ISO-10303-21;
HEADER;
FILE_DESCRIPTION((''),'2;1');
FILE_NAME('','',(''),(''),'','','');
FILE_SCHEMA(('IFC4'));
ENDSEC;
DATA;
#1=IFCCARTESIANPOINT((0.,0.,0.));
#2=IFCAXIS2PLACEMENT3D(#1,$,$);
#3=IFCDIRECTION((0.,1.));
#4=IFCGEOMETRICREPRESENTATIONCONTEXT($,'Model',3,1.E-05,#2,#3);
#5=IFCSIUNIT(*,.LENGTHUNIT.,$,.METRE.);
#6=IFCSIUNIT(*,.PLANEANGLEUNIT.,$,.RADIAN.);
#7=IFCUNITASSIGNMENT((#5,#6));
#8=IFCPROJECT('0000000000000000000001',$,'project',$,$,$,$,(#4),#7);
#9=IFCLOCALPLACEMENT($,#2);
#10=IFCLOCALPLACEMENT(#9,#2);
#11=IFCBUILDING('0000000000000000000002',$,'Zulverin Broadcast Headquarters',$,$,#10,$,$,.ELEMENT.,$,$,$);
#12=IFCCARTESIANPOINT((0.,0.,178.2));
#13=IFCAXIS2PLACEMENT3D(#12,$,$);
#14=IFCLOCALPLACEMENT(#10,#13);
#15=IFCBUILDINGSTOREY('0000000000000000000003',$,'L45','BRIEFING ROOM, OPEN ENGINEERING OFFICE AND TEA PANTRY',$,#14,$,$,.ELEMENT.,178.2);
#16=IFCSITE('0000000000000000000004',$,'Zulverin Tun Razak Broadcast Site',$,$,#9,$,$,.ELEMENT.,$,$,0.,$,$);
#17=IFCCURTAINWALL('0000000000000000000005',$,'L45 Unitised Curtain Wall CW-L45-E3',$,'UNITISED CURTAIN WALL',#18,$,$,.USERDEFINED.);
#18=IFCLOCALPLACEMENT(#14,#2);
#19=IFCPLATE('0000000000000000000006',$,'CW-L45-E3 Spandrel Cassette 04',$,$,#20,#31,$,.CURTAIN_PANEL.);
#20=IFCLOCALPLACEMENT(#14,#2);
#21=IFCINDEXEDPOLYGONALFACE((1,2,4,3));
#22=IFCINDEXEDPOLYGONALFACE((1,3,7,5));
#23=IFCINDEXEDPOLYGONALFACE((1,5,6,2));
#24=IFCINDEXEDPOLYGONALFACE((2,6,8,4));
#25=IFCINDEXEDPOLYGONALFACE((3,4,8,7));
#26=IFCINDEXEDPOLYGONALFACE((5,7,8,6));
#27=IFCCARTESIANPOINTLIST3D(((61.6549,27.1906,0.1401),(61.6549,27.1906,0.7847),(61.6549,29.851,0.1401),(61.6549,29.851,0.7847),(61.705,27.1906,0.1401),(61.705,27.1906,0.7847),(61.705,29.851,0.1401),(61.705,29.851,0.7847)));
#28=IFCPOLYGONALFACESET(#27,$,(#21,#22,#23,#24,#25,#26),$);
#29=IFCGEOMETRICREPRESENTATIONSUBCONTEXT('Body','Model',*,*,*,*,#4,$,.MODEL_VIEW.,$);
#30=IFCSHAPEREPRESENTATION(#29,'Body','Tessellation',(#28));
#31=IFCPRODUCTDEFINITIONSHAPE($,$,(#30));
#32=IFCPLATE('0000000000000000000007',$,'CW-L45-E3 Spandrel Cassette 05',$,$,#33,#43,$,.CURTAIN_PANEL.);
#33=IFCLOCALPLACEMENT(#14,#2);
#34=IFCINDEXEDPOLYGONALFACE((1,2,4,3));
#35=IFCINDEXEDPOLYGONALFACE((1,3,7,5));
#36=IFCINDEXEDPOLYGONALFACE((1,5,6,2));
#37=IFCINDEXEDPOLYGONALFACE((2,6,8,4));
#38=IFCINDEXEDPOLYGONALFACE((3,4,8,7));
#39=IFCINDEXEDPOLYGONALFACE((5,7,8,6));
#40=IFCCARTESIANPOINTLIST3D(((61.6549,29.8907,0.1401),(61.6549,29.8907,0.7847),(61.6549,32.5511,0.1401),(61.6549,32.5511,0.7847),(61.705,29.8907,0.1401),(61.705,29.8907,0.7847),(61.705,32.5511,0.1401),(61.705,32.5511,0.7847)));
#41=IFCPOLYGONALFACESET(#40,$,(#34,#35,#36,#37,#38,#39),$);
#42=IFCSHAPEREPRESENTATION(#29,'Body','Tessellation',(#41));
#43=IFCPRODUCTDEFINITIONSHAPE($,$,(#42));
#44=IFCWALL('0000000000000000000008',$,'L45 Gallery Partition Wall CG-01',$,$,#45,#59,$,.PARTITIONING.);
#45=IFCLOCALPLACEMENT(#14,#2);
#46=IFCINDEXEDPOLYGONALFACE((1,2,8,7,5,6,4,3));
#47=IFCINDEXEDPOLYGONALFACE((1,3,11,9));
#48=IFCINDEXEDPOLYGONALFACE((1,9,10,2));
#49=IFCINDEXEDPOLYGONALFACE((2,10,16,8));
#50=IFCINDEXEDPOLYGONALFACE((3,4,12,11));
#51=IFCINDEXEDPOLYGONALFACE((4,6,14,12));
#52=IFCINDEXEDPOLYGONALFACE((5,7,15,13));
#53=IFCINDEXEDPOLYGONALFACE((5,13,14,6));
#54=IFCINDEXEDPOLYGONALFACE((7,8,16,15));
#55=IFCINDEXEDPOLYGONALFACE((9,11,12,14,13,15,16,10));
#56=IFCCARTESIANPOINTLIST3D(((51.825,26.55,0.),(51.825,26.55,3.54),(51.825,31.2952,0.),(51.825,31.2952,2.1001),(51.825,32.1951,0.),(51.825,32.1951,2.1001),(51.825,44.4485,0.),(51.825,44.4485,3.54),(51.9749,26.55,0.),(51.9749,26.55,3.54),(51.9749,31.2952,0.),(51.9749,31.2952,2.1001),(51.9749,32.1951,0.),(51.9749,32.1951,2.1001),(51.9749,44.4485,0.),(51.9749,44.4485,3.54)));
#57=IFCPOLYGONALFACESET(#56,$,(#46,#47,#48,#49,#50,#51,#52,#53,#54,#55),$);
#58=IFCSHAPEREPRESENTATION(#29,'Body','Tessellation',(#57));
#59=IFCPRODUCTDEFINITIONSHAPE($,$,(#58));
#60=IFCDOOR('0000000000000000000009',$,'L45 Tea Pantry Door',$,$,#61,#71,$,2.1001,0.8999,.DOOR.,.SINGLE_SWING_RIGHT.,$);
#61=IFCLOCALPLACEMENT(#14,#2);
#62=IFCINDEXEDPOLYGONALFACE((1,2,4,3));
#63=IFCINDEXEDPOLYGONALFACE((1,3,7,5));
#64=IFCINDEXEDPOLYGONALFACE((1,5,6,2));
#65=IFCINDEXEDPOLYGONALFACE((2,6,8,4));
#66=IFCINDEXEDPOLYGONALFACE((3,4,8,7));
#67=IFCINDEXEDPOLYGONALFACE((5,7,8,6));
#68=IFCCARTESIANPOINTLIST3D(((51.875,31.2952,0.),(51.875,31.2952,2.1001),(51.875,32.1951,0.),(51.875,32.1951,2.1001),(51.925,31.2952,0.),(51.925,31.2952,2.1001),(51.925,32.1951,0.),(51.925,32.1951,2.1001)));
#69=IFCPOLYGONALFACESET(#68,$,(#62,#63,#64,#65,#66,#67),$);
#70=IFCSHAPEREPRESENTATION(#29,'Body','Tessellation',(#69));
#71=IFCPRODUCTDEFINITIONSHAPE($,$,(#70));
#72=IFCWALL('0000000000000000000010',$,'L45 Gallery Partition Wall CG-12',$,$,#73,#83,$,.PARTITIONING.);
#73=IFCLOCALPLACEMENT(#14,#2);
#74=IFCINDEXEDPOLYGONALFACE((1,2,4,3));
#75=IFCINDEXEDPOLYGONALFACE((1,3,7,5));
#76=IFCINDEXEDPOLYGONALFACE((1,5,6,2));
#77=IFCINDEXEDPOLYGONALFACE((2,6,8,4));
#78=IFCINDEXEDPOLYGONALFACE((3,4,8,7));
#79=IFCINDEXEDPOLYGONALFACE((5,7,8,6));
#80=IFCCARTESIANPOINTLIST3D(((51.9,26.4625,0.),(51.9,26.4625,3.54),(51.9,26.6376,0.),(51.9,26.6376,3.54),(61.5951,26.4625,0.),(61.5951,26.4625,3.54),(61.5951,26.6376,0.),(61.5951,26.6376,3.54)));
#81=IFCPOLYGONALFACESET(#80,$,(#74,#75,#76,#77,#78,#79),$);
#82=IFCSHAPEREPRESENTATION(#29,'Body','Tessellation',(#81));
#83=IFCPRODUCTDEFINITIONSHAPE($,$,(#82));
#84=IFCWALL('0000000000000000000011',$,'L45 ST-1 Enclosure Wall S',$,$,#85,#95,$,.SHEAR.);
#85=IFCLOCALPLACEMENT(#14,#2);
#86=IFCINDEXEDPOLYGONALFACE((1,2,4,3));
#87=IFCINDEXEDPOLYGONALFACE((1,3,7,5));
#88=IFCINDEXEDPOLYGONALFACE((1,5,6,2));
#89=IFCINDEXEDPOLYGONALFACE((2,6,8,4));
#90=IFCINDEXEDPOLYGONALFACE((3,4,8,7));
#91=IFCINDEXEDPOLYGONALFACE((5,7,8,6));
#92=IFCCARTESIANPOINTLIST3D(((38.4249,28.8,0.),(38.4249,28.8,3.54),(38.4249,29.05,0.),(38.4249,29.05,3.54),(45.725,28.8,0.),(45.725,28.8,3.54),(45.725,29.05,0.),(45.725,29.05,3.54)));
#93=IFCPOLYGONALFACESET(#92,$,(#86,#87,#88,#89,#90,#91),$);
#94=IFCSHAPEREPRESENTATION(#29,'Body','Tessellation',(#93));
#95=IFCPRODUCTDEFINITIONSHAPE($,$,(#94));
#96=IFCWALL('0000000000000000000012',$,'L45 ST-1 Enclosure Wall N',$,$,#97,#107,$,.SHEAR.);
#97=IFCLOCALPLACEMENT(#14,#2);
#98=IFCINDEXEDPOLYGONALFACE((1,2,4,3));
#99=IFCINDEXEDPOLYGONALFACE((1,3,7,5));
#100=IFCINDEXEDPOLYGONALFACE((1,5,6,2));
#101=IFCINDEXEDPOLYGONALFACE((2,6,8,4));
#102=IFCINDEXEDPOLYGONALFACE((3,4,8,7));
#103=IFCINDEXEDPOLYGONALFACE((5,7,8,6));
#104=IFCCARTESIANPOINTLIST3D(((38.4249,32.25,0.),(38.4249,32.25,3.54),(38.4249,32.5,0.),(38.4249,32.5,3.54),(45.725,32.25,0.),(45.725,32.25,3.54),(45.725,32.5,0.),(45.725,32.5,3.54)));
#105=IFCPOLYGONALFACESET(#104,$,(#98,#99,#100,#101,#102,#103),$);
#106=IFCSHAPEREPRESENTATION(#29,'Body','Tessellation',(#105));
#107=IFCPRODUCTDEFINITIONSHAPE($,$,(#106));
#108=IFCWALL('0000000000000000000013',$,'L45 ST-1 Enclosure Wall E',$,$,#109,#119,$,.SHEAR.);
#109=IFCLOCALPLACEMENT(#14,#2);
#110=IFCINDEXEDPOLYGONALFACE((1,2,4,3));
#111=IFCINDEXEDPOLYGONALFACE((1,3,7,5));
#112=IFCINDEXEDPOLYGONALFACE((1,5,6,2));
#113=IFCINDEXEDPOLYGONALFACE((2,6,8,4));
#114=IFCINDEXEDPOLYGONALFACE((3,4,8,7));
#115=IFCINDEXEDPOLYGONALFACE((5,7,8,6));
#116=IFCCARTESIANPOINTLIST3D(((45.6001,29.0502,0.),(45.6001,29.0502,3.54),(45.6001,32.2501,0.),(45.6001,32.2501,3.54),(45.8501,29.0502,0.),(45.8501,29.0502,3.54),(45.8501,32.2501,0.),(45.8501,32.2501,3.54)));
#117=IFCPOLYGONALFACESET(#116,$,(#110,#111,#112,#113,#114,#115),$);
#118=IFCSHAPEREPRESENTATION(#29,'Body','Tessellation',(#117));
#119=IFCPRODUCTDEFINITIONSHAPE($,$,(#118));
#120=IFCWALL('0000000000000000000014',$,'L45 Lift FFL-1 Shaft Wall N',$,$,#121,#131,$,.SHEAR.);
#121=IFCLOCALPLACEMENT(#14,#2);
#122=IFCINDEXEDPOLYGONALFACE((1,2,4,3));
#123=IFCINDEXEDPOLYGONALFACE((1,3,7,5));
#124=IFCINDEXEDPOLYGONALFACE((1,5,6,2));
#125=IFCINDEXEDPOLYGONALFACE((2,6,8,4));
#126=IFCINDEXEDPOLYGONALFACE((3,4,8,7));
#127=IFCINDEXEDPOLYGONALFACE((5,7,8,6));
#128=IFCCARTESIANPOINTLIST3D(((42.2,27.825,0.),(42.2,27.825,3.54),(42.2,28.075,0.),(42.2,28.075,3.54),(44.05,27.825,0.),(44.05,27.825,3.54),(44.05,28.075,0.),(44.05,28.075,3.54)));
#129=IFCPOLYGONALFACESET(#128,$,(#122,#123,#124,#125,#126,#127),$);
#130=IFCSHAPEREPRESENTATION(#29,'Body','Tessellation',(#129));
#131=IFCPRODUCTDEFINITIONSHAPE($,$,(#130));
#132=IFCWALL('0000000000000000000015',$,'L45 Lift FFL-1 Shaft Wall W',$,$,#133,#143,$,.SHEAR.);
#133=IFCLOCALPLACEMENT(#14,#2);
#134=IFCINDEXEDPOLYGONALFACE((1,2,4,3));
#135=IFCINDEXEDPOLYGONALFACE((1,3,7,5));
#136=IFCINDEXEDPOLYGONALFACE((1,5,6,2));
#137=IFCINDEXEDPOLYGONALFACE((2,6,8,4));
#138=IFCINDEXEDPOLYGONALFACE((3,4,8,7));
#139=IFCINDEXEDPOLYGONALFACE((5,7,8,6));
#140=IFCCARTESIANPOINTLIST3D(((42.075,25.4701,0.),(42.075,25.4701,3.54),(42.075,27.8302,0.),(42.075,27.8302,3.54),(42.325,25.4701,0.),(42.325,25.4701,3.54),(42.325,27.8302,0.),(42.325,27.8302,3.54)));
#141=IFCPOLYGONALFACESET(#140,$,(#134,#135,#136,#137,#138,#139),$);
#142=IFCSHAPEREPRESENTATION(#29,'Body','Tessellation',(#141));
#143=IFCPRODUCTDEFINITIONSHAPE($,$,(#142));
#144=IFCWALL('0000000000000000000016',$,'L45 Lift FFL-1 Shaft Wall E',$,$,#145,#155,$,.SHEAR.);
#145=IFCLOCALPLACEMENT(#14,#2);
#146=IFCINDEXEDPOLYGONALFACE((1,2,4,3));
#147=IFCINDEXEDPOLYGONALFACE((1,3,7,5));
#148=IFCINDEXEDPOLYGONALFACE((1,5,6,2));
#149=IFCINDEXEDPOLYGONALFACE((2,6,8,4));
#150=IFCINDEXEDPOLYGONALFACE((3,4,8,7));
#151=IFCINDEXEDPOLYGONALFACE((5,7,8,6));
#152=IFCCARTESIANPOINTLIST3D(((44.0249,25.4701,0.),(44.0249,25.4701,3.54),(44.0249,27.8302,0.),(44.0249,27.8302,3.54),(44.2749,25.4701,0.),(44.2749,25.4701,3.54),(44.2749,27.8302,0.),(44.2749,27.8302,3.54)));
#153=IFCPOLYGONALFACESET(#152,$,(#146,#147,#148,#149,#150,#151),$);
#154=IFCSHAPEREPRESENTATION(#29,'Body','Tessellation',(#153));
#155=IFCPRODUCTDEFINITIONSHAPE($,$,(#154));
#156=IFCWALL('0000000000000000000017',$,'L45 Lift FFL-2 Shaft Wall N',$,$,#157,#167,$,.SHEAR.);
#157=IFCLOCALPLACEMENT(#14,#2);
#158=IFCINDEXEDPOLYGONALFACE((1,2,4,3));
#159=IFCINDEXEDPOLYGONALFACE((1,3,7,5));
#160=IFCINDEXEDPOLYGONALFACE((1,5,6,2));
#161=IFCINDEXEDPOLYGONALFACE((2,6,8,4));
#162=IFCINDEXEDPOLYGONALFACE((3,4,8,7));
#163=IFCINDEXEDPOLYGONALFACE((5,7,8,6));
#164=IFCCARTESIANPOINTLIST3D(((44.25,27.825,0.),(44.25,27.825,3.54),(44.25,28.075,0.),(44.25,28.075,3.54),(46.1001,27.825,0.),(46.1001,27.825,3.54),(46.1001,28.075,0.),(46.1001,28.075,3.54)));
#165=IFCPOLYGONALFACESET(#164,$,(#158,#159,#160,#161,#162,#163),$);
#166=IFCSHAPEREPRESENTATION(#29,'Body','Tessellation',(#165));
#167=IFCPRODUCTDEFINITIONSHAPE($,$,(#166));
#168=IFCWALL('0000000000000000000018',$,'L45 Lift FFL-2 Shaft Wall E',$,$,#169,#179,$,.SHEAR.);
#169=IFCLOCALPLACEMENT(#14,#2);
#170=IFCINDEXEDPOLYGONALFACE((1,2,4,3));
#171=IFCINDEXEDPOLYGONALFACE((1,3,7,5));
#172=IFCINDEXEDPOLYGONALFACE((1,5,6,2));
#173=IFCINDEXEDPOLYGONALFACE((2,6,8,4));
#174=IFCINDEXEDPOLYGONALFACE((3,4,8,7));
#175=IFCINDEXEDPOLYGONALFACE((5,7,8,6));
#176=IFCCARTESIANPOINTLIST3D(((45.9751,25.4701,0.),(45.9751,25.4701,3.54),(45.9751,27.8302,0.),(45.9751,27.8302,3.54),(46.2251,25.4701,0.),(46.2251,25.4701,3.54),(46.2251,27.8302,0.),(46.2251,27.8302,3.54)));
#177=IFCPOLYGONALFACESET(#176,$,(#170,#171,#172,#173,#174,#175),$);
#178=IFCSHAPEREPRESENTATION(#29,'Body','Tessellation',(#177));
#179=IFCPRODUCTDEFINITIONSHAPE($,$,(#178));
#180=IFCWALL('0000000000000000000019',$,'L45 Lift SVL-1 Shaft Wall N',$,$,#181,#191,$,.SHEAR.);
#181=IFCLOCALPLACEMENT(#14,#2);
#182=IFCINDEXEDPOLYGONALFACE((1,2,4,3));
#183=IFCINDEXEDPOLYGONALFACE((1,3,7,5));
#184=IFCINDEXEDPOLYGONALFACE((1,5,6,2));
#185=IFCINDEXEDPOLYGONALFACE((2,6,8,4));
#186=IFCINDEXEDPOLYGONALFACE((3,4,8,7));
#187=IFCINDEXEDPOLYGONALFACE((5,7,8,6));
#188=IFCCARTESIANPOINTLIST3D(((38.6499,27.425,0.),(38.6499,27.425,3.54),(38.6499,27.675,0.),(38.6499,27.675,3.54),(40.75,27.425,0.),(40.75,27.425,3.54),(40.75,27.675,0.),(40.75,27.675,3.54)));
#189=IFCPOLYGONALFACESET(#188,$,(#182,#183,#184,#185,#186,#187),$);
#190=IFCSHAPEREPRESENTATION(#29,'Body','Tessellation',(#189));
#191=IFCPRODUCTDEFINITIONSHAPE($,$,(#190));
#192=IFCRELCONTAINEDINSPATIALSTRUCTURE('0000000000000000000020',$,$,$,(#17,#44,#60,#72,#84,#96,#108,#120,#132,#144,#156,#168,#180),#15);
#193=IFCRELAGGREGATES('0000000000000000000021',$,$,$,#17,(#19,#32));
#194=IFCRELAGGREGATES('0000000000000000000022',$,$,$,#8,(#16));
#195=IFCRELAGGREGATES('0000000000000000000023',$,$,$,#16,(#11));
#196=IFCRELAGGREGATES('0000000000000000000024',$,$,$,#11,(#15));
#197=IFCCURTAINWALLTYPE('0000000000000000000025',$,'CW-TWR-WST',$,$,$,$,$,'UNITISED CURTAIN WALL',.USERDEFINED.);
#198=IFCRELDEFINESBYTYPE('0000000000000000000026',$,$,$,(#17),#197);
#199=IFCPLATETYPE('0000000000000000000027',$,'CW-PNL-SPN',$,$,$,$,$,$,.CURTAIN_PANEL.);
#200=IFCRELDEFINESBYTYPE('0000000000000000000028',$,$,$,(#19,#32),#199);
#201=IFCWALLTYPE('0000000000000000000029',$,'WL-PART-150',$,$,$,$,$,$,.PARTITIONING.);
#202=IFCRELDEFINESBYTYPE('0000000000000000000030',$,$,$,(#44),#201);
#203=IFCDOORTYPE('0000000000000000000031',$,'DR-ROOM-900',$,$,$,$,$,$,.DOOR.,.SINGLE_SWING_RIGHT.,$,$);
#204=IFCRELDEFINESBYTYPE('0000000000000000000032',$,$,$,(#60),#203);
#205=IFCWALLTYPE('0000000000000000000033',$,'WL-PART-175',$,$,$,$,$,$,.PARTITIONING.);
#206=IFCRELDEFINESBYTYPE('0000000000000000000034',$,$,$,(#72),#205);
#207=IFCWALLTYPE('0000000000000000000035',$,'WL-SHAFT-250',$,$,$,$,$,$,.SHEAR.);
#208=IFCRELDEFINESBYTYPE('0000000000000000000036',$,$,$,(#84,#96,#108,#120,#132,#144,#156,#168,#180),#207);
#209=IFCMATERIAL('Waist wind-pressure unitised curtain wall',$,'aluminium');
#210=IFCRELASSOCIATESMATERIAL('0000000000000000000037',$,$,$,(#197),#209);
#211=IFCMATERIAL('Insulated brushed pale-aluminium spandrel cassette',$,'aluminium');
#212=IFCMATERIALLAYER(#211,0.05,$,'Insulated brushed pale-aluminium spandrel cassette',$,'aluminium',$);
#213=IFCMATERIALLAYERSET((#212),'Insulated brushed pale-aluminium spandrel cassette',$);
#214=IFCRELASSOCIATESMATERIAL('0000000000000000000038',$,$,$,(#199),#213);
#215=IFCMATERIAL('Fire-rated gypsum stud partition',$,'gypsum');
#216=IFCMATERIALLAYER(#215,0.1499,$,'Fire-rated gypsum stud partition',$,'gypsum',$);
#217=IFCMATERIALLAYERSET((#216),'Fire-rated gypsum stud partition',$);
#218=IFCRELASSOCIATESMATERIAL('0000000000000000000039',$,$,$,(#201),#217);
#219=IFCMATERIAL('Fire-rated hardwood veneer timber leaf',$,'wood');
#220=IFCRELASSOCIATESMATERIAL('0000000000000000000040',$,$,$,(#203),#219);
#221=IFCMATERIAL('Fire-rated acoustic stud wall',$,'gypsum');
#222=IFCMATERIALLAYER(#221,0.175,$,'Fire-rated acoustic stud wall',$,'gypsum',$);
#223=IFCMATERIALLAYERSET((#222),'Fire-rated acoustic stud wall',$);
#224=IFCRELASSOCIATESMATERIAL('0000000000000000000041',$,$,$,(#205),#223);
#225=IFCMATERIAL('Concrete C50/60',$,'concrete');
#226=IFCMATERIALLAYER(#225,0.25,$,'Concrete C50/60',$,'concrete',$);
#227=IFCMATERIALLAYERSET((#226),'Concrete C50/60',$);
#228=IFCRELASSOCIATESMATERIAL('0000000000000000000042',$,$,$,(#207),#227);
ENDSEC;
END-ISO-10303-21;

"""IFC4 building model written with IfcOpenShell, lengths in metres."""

from ifc_helpers import new_model, si_unit, direction, frame, frame_2d, origin, origin_2d, place, context, subcontext, project, spatial, rectangle, extrude, material, layer, layer_set, type_object, element, fill, aggregate, save


model = new_model("IFC4")

# Units and contexts
model_context = context("Model", 3, precision=1e-05, world=origin(), true_north=direction((0.0, 1.0)))
body_context = subcontext(model_context, "Body", "Model", "MODEL_VIEW")
ifc_project = project(units=[si_unit("LENGTHUNIT", "METRE"), si_unit("PLANEANGLEUNIT", "RADIAN")], contexts=[model_context])

# Site, building, storey
site_placement = place(None, origin())
site = spatial("IfcSite", under=ifc_project, at=site_placement, Name="Zulverin Tun Razak Broadcast Site", CompositionType="ELEMENT", RefElevation=0.0)
building_placement = place(site_placement, origin())
building = spatial("IfcBuilding", under=site, at=building_placement, Name="Zulverin Broadcast Headquarters", CompositionType="ELEMENT")
storey_placement = place(building_placement, frame((0.0, 0.0, 178.2)))
storey = spatial("IfcBuildingStorey", under=building, at=storey_placement, Name="L45", Description="BRIEFING ROOM, OPEN ENGINEERING OFFICE AND TEA PANTRY", CompositionType="ELEMENT", Elevation=178.2)

# Shared definitions
ifc_material_1 = material(Name="Concrete C50/60", Category="concrete")

# Curtain wall, plates
ifc_material_2 = material(Name="Waist wind-pressure unitised curtain wall", Category="aluminium")
curtain_wall_type = type_object("IfcCurtainWallType", Name="CW-TWR-WST", ElementType="UNITISED CURTAIN WALL", PredefinedType="USERDEFINED", material=ifc_material_2)
curtain_wall_placement = place(storey_placement, origin())
curtain_wall = element("IfcCurtainWall", 1, at=curtain_wall_placement, inside=storey, type_object=curtain_wall_type, Name="L45 Unitised Curtain Wall CW-L45-E3", ObjectType="UNITISED CURTAIN WALL", PredefinedType="USERDEFINED")
ifc_material_3 = material(Name="Insulated brushed pale-aluminium spandrel cassette", Category="aluminium")
ifc_layer_1 = layer(ifc_material_3, 0.05, Name="Insulated brushed pale-aluminium spandrel cassette", Category="aluminium")
ifc_layer_set_1 = layer_set([ifc_layer_1], Name="Insulated brushed pale-aluminium spandrel cassette")
plate_type_1 = type_object("IfcPlateType", Name="CW-PNL-SPN", PredefinedType="CURTAIN_PANEL", material=ifc_layer_set_1)
plate_1_placement = place(storey_placement, frame((61.6799, 28.5208, 0.1401), z_axis=(0.0, 0.0, 1.0), x_axis=(0.0, 1.0, 0.0)))
plate_1 = element("IfcPlate", 2, at=plate_1_placement, type_object=plate_type_1, Name="CW-L45-E3 Spandrel Cassette 04", PredefinedType="CURTAIN_PANEL", context=body_context, shape_type="SweptSolid", body=[
    extrude(rectangle(XDim=2.6604, YDim=0.05, at=origin_2d()), origin(), (0.0, 0.0, 1.0), 0.6445),
])
plate_2_placement = place(storey_placement, frame((61.6799, 31.2209, 0.1401), z_axis=(0.0, 0.0, 1.0), x_axis=(0.0, 1.0, 0.0)))
plate_2 = element("IfcPlate", 3, at=plate_2_placement, type_object=plate_type_1, Name="CW-L45-E3 Spandrel Cassette 05", PredefinedType="CURTAIN_PANEL", context=body_context, shape_type="SweptSolid", body=[
    extrude(rectangle(XDim=2.6604, YDim=0.05, at=origin_2d()), origin(), (0.0, 0.0, 1.0), 0.6445),
])
aggregate(curtain_wall, [plate_1, plate_2])

# Wall, opening, door
ifc_material_4 = material(Name="Fire-rated gypsum stud partition", Category="gypsum")
ifc_layer_2 = layer(ifc_material_4, 0.1499, Name="Fire-rated gypsum stud partition", Category="gypsum")
ifc_layer_set_2 = layer_set([ifc_layer_2], Name="Fire-rated gypsum stud partition")
wall_type_1 = type_object("IfcWallType", Name="WL-PART-150", PredefinedType="PARTITIONING", material=ifc_layer_set_2)
wall_1_placement = place(storey_placement, frame((51.8999, 26.55, 0.0), z_axis=(0.0, 0.0, 1.0), x_axis=(0.0, 1.0, 0.0)))
wall_1 = element("IfcWall", 4, at=wall_1_placement, inside=storey, type_object=wall_type_1, Name="L45 Gallery Partition Wall CG-01", PredefinedType="PARTITIONING", context=body_context, shape_type="SweptSolid", body=[
    extrude(rectangle(XDim=17.8984, YDim=0.1499, at=frame_2d((8.9492, 0.0))), origin(), (0.0, 0.0, 1.0), 3.54),
])
opening_1_placement = place(wall_1_placement, frame((4.7451, 0.0, 0.0)))
opening_1 = element("IfcOpeningElement", 5, at=opening_1_placement, cuts=wall_1, PredefinedType="OPENING", context=body_context, shape_type="SweptSolid", body=[
    extrude(rectangle(XDim=0.8999, YDim=2.1001, at=frame_2d((0.45, 1.05))), frame((0.0, 0.085, 0.0), z_axis=(0.0, -1.0, 0.0), x_axis=(1.0, 0.0, 0.0)), (0.0, 0.0, 1.0), 0.1699),
])
ifc_material_5 = material(Name="Fire-rated hardwood veneer timber leaf", Category="wood")
door_type_1 = type_object("IfcDoorType", Name="DR-ROOM-900", OperationType="SINGLE_SWING_RIGHT", PredefinedType="DOOR", material=ifc_material_5)
door_1_placement = place(opening_1_placement, origin())
door_1 = element("IfcDoor", 6, at=door_1_placement, inside=storey, type_object=door_type_1, Name="L45 Tea Pantry Door", OperationType="SINGLE_SWING_RIGHT", OverallHeight=2.1001, OverallWidth=0.8999, PredefinedType="DOOR", context=body_context, shape_type="SweptSolid", body=[
    extrude(rectangle(XDim=0.8999, YDim=2.1001, at=frame_2d((0.45, 1.05))), frame((0.0, 0.0249, 0.0), z_axis=(0.0, -1.0, 0.0), x_axis=(1.0, 0.0, 0.0)), (0.0, 0.0, 1.0), 0.05),
])
fill(opening_1, door_1)

# Walls
ifc_material_6 = material(Name="Fire-rated acoustic stud wall", Category="gypsum")
ifc_layer_3 = layer(ifc_material_6, 0.175, Name="Fire-rated acoustic stud wall", Category="gypsum")
ifc_layer_set_3 = layer_set([ifc_layer_3], Name="Fire-rated acoustic stud wall")
wall_type_2 = type_object("IfcWallType", Name="WL-PART-175", PredefinedType="PARTITIONING", material=ifc_layer_set_3)
wall_2_placement = place(storey_placement, frame((51.8999, 26.55, 0.0), z_axis=(0.0, 0.0, 1.0), x_axis=(1.0, 0.0, 0.0)))
element("IfcWall", 7, at=wall_2_placement, inside=storey, type_object=wall_type_2, Name="L45 Gallery Partition Wall CG-12", PredefinedType="PARTITIONING", context=body_context, shape_type="SweptSolid", body=[
    extrude(rectangle(XDim=9.6951, YDim=0.175, at=frame_2d((4.8477, 0.0))), origin(), (0.0, 0.0, 1.0), 3.54),
])
ifc_layer_4 = layer(ifc_material_1, 0.25, Name="Concrete C50/60", Category="concrete")
ifc_layer_set_4 = layer_set([ifc_layer_4], Name="Concrete C50/60")
wall_type_3 = type_object("IfcWallType", Name="WL-SHAFT-250", PredefinedType="SHEAR", material=ifc_layer_set_4)
for number, where, z_axis, x_axis, name in (
    (8, (38.425, 28.925, 0.0), (0.0, 0.0, 1.0), (1.0, 0.0, 0.0), "L45 ST-1 Enclosure Wall S"),
    (9, (38.425, 32.375, 0.0), (0.0, 0.0, 1.0), (1.0, 0.0, 0.0), "L45 ST-1 Enclosure Wall N"),
):
    element("IfcWall", number, at=place(storey_placement, frame(where, z_axis=z_axis, x_axis=x_axis)), inside=storey, type_object=wall_type_3, Name=name, PredefinedType="SHEAR", context=body_context, shape_type="SweptSolid", body=[
        extrude(rectangle(XDim=7.3, YDim=0.25, at=frame_2d((3.6499, 0.0))), origin(), (0.0, 0.0, 1.0), 3.54),
    ])

# Walls
wall_3_placement = place(storey_placement, frame((45.7251, 29.05, 0.0), z_axis=(0.0, 0.0, 1.0), x_axis=(0.0, 1.0, 0.0)))
element("IfcWall", 10, at=wall_3_placement, inside=storey, type_object=wall_type_3, Name="L45 ST-1 Enclosure Wall E", PredefinedType="SHEAR", context=body_context, shape_type="SweptSolid", body=[
    extrude(rectangle(XDim=3.2, YDim=0.25, at=frame_2d((1.6001, 0.0))), origin(), (0.0, 0.0, 1.0), 3.54),
])
wall_4_placement = place(storey_placement, frame((42.2, 27.95, 0.0), z_axis=(0.0, 0.0, 1.0), x_axis=(1.0, 0.0, 0.0)))
element("IfcWall", 11, at=wall_4_placement, inside=storey, type_object=wall_type_3, Name="L45 Lift FFL-1 Shaft Wall N", PredefinedType="SHEAR", context=body_context, shape_type="SweptSolid", body=[
    extrude(rectangle(XDim=1.8501, YDim=0.25, at=frame_2d((0.925, 0.0))), origin(), (0.0, 0.0, 1.0), 3.54),
])
for number, where, z_axis, x_axis, name in (
    (12, (42.2, 25.47, 0.0), (0.0, 0.0, 1.0), (0.0, 1.0, 0.0), "L45 Lift FFL-1 Shaft Wall W"),
    (13, (44.1499, 25.47, 0.0), (0.0, 0.0, 1.0), (0.0, 1.0, 0.0), "L45 Lift FFL-1 Shaft Wall E"),
):
    element("IfcWall", number, at=place(storey_placement, frame(where, z_axis=z_axis, x_axis=x_axis)), inside=storey, type_object=wall_type_3, Name=name, PredefinedType="SHEAR", context=body_context, shape_type="SweptSolid", body=[
        extrude(rectangle(XDim=2.3601, YDim=0.25, at=frame_2d((1.1802, 0.0))), origin(), (0.0, 0.0, 1.0), 3.54),
    ])
wall_5_placement = place(storey_placement, frame((44.25, 27.95, 0.0), z_axis=(0.0, 0.0, 1.0), x_axis=(1.0, 0.0, 0.0)))
element("IfcWall", 14, at=wall_5_placement, inside=storey, type_object=wall_type_3, Name="L45 Lift FFL-2 Shaft Wall N", PredefinedType="SHEAR", context=body_context, shape_type="SweptSolid", body=[
    extrude(rectangle(XDim=1.8501, YDim=0.25, at=frame_2d((0.925, 0.0))), origin(), (0.0, 0.0, 1.0), 3.54),
])
wall_6_placement = place(storey_placement, frame((46.1001, 25.47, 0.0), z_axis=(0.0, 0.0, 1.0), x_axis=(0.0, 1.0, 0.0)))
element("IfcWall", 15, at=wall_6_placement, inside=storey, type_object=wall_type_3, Name="L45 Lift FFL-2 Shaft Wall E", PredefinedType="SHEAR", context=body_context, shape_type="SweptSolid", body=[
    extrude(rectangle(XDim=2.3601, YDim=0.25, at=frame_2d((1.1802, 0.0))), origin(), (0.0, 0.0, 1.0), 3.54),
])
wall_7_placement = place(storey_placement, frame((38.6499, 27.55, 0.0), z_axis=(0.0, 0.0, 1.0), x_axis=(1.0, 0.0, 0.0)))
element("IfcWall", 16, at=wall_7_placement, inside=storey, type_object=wall_type_3, Name="L45 Lift SVL-1 Shaft Wall N", PredefinedType="SHEAR", context=body_context, shape_type="SweptSolid", body=[
    extrude(rectangle(XDim=2.1001, YDim=0.25, at=frame_2d((1.05, 0.0))), origin(), (0.0, 0.0, 1.0), 3.54),
])

save(model, "model.ifc")
